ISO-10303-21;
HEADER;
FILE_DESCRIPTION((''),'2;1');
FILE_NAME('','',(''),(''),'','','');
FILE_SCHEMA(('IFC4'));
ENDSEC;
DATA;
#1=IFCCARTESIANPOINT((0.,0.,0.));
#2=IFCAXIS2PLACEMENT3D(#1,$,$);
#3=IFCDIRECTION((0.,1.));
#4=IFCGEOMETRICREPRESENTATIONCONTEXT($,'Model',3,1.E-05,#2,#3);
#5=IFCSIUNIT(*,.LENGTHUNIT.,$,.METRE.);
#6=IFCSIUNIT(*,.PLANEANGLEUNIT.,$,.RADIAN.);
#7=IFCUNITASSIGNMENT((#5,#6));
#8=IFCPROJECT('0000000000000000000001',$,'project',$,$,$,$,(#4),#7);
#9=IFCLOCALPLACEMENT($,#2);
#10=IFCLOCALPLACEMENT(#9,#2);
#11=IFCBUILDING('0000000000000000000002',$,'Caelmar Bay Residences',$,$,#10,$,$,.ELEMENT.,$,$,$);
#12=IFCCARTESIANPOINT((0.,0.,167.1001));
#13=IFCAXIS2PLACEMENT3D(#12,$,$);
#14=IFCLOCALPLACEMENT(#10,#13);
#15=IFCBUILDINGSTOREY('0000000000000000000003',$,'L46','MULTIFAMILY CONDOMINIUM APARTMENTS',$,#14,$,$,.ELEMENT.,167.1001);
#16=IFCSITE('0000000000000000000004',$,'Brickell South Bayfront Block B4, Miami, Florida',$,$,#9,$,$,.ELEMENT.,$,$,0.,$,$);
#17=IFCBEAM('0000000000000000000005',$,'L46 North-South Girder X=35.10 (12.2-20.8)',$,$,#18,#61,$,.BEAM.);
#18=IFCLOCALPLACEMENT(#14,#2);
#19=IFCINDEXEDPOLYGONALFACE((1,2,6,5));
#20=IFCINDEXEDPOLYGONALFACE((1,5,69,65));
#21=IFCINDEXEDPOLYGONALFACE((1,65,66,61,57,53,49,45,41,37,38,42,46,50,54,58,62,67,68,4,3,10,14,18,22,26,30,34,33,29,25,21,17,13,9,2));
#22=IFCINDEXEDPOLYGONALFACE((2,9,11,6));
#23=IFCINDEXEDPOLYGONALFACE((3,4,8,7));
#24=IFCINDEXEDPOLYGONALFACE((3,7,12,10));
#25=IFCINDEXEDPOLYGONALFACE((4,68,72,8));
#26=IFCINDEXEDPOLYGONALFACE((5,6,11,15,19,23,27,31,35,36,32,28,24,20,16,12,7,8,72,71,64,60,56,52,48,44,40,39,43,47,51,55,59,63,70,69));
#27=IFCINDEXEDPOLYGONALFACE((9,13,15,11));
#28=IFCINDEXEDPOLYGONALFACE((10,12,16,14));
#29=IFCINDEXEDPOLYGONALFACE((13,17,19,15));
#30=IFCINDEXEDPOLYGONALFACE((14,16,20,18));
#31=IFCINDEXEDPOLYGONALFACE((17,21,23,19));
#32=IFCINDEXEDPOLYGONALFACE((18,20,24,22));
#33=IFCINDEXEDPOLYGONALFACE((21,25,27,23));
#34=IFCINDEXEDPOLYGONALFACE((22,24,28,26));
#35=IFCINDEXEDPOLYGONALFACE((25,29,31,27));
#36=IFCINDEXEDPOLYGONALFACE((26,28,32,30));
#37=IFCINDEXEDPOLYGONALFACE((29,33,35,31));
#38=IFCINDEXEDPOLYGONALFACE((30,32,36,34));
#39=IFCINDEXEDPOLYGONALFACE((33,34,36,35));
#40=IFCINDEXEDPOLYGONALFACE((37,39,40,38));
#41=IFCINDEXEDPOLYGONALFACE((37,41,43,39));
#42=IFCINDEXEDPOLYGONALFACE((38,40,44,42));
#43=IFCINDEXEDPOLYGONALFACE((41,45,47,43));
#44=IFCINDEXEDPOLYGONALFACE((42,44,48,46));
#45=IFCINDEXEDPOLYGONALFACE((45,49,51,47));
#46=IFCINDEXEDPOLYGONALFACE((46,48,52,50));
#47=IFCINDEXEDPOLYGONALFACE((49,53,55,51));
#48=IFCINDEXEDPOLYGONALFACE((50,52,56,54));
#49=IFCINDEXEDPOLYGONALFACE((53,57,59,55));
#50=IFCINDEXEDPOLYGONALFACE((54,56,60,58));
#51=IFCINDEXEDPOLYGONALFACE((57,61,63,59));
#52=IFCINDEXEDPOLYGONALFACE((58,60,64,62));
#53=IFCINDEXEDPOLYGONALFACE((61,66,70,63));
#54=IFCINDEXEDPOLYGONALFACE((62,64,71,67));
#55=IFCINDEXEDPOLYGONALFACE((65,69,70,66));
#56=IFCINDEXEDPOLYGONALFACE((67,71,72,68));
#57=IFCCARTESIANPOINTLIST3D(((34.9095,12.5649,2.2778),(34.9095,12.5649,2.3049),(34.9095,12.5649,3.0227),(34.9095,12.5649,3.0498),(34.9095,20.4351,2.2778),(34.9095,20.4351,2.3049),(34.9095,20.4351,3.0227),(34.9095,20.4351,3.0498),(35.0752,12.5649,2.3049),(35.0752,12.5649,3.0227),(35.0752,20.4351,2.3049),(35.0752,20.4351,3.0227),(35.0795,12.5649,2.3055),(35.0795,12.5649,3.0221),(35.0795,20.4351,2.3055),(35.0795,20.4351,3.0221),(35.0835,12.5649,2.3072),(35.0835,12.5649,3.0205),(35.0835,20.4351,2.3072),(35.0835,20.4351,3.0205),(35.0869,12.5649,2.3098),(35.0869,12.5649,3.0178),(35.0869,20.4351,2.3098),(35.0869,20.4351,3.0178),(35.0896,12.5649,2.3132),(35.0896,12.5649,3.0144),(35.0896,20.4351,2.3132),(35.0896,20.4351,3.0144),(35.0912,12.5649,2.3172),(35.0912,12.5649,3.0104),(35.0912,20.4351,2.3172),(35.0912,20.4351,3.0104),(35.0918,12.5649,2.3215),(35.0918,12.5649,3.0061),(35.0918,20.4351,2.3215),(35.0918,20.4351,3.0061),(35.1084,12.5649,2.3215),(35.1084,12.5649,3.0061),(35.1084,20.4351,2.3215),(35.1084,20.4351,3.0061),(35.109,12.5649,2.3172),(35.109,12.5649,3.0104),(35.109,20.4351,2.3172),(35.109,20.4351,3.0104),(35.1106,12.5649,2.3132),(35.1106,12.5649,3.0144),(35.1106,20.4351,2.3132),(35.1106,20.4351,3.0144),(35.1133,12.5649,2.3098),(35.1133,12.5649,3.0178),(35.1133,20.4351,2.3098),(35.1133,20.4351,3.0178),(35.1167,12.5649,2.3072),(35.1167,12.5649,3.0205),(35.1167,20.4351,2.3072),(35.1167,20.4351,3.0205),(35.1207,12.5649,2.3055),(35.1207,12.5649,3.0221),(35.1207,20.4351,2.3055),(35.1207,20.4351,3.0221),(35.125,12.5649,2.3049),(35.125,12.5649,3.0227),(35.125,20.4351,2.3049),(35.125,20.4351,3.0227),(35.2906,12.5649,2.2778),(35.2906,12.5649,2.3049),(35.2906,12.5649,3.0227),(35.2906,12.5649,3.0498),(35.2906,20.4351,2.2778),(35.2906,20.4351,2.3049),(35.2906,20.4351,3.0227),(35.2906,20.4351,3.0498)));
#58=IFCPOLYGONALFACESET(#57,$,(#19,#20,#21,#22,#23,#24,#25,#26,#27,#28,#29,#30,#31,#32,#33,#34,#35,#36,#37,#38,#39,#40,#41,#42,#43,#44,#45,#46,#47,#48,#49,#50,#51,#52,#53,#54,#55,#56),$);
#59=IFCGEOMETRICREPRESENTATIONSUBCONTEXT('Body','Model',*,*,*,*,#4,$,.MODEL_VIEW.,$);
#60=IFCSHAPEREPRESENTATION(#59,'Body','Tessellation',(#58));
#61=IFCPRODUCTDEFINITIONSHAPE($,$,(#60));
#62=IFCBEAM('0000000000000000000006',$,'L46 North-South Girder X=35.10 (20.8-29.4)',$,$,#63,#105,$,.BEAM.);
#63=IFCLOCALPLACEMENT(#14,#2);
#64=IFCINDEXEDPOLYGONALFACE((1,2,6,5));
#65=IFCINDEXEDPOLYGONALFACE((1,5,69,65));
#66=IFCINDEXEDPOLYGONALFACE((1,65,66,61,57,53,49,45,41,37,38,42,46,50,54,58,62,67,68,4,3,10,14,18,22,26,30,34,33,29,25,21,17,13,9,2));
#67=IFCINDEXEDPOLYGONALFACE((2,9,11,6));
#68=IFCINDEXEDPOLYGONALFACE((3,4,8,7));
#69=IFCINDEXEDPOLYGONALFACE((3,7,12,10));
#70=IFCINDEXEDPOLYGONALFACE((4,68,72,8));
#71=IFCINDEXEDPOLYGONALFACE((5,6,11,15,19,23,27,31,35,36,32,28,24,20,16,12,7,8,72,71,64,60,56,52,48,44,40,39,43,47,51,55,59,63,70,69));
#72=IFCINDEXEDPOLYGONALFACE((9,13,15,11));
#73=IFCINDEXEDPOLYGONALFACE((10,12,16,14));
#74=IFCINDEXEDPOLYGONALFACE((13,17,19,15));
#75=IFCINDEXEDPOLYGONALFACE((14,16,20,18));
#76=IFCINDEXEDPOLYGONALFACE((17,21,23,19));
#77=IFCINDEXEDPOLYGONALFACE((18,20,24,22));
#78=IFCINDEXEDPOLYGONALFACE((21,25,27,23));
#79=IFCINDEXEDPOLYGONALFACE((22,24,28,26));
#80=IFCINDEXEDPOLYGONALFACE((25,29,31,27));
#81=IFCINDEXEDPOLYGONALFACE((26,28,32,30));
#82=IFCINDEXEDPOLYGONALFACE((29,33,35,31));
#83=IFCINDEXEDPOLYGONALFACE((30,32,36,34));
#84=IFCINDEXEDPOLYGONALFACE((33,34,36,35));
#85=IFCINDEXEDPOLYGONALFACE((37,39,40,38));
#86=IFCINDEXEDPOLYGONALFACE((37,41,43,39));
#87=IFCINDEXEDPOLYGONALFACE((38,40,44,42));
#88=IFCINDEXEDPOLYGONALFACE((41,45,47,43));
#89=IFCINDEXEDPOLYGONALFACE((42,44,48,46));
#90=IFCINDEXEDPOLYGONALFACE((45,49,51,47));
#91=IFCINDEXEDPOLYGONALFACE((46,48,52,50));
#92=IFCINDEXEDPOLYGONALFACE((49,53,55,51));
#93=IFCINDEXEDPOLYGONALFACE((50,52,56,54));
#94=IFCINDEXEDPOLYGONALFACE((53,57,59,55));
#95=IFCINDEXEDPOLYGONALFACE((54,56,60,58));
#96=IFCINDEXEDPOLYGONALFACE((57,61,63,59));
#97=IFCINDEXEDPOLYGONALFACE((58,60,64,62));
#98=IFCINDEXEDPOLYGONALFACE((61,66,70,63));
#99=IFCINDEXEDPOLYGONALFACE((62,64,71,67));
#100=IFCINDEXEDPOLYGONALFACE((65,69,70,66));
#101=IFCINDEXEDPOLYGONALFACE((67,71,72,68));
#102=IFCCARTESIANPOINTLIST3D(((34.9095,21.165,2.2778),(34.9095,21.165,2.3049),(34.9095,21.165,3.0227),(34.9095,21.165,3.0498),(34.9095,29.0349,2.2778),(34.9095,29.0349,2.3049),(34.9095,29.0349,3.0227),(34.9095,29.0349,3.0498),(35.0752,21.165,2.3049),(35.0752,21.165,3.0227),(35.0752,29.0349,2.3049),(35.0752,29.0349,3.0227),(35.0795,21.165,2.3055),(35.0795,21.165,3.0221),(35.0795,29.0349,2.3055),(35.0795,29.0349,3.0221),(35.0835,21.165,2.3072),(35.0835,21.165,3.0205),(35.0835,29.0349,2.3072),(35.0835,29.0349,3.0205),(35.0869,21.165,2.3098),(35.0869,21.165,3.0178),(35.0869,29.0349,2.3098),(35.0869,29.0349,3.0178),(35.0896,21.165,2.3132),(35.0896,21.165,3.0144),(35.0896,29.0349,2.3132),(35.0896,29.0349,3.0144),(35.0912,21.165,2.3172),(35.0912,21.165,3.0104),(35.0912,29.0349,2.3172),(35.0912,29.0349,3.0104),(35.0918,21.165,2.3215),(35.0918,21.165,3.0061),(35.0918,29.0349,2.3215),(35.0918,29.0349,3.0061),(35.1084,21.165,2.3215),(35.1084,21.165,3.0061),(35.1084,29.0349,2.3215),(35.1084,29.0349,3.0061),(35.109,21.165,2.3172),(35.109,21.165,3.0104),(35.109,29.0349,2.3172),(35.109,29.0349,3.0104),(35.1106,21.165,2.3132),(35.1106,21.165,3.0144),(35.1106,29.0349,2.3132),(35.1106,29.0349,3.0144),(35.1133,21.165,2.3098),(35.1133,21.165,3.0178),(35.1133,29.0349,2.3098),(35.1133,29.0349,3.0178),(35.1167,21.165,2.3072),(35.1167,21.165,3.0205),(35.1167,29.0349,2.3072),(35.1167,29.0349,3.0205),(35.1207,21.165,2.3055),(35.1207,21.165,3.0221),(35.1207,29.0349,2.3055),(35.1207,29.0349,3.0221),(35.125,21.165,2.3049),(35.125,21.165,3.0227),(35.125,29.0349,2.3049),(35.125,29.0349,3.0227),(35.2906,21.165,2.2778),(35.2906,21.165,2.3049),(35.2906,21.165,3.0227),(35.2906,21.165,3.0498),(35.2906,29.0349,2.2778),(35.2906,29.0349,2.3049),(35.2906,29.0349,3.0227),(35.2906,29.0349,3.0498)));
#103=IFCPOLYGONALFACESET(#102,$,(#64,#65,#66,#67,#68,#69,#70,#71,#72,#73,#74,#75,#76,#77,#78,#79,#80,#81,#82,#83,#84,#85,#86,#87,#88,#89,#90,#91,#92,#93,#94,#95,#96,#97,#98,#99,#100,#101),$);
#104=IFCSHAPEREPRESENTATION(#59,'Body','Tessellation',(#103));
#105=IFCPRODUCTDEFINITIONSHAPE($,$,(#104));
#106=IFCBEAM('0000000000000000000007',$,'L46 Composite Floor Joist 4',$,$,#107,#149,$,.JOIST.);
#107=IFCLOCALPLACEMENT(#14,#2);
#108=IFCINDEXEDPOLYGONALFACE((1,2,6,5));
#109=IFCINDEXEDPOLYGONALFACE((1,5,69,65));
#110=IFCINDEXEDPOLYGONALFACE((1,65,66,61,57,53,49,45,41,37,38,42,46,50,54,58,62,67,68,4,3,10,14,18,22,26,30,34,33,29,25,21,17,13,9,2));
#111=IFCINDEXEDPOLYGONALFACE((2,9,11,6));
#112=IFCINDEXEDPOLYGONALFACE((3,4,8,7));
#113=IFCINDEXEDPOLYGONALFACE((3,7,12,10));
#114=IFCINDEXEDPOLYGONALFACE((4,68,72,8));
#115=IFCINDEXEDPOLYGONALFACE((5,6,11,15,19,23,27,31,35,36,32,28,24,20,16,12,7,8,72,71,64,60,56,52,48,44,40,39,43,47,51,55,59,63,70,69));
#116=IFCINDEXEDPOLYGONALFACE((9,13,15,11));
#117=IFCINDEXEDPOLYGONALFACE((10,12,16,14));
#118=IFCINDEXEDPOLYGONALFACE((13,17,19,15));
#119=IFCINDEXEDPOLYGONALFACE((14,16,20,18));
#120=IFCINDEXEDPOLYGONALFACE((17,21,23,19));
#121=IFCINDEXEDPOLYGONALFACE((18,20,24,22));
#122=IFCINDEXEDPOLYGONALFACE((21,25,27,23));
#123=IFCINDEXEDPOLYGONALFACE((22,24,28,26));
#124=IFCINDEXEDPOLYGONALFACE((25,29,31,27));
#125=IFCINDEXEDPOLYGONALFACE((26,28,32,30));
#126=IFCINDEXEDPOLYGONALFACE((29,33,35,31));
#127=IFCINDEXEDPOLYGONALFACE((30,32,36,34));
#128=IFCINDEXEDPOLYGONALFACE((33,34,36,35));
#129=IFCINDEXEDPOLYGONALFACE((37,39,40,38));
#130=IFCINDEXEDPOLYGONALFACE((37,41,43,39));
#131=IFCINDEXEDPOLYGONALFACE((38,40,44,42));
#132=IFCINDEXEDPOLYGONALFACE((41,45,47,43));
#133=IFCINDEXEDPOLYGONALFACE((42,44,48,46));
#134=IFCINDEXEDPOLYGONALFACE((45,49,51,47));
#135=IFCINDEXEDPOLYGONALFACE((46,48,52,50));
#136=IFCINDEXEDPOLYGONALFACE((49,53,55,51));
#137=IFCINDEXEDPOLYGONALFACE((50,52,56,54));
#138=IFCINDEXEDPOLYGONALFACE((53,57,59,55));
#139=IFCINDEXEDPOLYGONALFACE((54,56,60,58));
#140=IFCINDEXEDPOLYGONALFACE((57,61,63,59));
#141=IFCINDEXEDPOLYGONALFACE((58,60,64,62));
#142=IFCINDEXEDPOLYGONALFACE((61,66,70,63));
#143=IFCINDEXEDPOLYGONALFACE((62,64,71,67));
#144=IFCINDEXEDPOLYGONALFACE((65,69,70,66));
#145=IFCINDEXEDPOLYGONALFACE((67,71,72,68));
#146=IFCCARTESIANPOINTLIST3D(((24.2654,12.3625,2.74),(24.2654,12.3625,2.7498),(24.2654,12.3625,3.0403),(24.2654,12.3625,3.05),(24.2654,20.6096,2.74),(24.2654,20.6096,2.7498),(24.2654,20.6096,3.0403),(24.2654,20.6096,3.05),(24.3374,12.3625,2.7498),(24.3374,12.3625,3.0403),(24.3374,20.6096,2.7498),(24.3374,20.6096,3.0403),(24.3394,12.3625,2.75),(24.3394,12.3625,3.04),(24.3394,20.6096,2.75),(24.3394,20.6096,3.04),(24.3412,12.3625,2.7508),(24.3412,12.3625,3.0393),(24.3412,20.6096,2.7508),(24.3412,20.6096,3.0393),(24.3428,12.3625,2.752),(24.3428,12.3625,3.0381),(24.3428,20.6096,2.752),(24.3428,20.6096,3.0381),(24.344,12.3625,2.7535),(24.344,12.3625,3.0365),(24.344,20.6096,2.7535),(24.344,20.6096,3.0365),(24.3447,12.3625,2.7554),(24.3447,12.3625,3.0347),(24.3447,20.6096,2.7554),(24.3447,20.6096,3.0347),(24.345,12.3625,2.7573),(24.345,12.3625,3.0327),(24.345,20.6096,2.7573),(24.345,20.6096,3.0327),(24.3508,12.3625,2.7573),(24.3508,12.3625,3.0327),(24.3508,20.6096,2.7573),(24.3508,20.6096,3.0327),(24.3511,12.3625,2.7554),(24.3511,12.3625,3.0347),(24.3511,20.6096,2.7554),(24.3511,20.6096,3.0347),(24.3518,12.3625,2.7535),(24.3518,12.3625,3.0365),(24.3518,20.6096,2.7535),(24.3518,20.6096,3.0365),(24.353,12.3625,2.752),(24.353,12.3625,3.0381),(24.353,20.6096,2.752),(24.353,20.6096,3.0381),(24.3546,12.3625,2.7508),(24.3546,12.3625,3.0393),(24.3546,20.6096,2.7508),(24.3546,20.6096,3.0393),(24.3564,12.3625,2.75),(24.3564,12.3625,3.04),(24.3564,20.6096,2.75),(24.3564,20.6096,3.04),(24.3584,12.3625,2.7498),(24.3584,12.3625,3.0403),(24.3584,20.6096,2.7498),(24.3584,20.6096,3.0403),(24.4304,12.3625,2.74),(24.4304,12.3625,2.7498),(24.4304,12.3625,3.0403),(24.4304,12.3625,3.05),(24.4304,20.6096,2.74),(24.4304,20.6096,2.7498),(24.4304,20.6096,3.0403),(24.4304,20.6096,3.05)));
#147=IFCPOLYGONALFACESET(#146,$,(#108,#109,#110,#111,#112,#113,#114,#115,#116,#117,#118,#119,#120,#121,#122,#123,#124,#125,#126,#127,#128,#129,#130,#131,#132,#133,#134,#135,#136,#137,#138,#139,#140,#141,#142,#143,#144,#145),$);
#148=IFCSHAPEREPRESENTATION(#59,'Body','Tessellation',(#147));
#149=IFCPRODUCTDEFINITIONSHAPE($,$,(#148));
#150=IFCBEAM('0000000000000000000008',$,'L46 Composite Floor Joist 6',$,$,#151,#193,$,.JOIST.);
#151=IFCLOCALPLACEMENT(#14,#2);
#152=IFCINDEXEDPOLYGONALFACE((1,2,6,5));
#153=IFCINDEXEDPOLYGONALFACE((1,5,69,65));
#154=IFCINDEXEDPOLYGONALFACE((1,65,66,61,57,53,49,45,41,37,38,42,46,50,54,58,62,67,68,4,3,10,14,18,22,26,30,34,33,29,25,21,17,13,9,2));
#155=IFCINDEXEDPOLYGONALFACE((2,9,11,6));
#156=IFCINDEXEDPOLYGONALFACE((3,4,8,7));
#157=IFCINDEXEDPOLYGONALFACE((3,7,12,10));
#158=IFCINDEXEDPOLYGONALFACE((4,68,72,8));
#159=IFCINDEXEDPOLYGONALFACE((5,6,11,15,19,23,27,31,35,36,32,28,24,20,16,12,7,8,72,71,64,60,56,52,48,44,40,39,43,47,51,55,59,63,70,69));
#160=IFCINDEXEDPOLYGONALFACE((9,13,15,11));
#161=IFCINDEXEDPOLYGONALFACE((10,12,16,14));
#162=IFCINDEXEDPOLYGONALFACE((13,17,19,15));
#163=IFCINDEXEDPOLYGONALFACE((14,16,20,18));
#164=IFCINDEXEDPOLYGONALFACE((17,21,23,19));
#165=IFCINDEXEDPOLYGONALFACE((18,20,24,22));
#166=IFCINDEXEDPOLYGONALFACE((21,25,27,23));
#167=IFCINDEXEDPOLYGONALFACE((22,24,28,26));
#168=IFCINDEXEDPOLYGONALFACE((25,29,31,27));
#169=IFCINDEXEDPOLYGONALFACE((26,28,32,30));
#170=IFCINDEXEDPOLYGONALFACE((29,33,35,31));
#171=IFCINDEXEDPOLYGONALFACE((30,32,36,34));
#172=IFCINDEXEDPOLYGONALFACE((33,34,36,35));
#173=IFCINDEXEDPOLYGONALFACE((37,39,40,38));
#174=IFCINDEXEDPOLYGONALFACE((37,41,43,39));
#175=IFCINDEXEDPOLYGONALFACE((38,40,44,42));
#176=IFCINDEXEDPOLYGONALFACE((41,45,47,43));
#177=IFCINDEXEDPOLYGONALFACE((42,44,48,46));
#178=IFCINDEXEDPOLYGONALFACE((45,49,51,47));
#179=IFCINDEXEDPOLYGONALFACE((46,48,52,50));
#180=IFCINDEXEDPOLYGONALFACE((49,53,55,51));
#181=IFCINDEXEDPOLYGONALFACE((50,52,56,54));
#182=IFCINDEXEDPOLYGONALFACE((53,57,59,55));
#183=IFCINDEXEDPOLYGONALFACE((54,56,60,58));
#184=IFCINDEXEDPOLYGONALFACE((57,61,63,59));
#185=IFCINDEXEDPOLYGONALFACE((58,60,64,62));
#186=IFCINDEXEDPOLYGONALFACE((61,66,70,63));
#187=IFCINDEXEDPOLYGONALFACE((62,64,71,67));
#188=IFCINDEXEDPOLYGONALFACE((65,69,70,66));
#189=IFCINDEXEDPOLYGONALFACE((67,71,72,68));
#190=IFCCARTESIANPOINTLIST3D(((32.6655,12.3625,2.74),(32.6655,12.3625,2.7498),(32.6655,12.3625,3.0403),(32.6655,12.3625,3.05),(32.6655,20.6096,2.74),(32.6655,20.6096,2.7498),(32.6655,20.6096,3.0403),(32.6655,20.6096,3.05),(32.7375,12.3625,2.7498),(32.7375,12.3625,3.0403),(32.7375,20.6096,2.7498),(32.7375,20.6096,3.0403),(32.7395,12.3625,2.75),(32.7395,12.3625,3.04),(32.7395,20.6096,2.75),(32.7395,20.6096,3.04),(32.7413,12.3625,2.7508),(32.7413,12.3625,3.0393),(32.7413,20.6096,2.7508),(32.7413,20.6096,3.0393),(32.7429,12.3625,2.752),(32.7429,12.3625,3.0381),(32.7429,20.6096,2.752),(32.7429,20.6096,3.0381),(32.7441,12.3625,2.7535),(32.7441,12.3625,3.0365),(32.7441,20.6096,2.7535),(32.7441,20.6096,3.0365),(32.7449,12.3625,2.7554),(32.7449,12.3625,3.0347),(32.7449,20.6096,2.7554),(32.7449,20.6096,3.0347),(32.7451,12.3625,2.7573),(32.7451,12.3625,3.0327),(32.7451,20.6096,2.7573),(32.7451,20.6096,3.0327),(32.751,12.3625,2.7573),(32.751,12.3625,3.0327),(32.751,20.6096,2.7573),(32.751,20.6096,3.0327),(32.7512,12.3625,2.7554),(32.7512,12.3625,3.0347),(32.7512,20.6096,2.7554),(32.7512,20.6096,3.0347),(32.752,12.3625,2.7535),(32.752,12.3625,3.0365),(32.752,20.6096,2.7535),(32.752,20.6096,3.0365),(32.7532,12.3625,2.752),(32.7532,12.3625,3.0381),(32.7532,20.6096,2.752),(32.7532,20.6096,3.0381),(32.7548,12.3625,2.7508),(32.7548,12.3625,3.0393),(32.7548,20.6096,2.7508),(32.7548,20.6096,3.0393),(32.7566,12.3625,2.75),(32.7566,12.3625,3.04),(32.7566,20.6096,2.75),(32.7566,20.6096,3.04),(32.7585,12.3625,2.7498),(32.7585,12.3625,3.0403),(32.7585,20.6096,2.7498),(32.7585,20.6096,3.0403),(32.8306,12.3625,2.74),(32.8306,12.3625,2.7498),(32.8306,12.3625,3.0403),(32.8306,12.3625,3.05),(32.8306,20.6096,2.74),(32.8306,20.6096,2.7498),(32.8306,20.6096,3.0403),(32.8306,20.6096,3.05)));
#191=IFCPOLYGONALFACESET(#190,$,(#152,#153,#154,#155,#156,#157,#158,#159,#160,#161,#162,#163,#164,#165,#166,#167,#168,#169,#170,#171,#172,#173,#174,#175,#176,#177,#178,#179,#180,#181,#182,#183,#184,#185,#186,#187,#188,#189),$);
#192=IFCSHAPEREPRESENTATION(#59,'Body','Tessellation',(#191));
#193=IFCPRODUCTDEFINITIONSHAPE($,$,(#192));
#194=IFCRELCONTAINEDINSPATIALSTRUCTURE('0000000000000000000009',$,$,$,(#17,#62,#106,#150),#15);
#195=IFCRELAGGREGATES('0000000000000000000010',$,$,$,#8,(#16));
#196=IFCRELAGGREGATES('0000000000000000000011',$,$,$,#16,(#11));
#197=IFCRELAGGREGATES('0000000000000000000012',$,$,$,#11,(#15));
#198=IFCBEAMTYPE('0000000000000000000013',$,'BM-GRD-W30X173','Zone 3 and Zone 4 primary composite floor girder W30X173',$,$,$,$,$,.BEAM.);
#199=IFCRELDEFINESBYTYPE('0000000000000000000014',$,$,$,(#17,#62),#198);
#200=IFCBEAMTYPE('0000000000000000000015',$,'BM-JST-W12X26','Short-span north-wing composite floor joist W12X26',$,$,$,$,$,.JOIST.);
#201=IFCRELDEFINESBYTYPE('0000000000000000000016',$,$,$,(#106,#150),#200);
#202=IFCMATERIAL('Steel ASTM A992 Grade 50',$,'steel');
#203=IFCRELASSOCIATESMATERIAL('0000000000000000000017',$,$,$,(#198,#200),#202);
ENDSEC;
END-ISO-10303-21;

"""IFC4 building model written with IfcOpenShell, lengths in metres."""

from ifc_helpers import new_model, si_unit, direction, frame, origin, origin_2d, place, context, subcontext, project, spatial, i_section, extrude, material, material_profile, profile_set, type_object, element, save


model = new_model("IFC4")

# Units and contexts
model_context = context("Model", 3, precision=1e-05, world=origin(), true_north=direction((0.0, 1.0)))
body_context = subcontext(model_context, "Body", "Model", "MODEL_VIEW")
ifc_project = project(units=[si_unit("LENGTHUNIT", "METRE"), si_unit("PLANEANGLEUNIT", "RADIAN")], contexts=[model_context])

# Site, building, storey
site_placement = place(None, origin())
site = spatial("IfcSite", under=ifc_project, at=site_placement, Name="Brickell South Bayfront Block B4, Miami, Florida", CompositionType="ELEMENT", RefElevation=0.0)
building_placement = place(site_placement, origin())
building = spatial("IfcBuilding", under=site, at=building_placement, Name="Caelmar Bay Residences", CompositionType="ELEMENT")
storey_placement = place(building_placement, frame((0.0, 0.0, 167.1001)))
storey = spatial("IfcBuildingStorey", under=building, at=storey_placement, Name="L46", Description="MULTIFAMILY CONDOMINIUM APARTMENTS", CompositionType="ELEMENT", Elevation=167.1001)

# Beams
ifc_material_1 = material(Name="Steel ASTM A992 Grade 50", Category="steel")
ifc_material_profile_1 = material_profile(ifc_material_1, i_section(OverallWidth=0.3811, OverallDepth=0.772, WebThickness=0.0166, FlangeThickness=0.0271, FilletRadius=0.0166, at=origin_2d()), Name="W30X173")
ifc_profile_set_1 = profile_set([ifc_material_profile_1], Name="Steel ASTM A992 Grade 50")
beam_type_1 = type_object("IfcBeamType", Name="BM-GRD-W30X173", Description="Zone 3 and Zone 4 primary composite floor girder W30X173", PredefinedType="BEAM", material=ifc_profile_set_1)
for number, where, z_axis, x_axis, name in (
    (1, (35.1001, 12.5649, 2.6638), (0.0, 1.0, 0.0), (-1.0, 0.0, 0.0), "L46 North-South Girder X=35.10 (12.2-20.8)"),
):
    element("IfcBeam", number, at=place(storey_placement, frame(where, z_axis=z_axis, x_axis=x_axis)), inside=storey, type_object=beam_type_1, Name=name, PredefinedType="BEAM", context=body_context, shape_type="SweptSolid", body=[
        extrude(i_section(OverallWidth=0.3811, OverallDepth=0.772, WebThickness=0.0166, FlangeThickness=0.0271, FilletRadius=0.0166, at=origin_2d()), origin(), (0.0, 0.0, 1.0), 7.8701),
    ])
beam_1_placement = place(storey_placement, frame((35.1001, 21.165, 2.6638), z_axis=(0.0, 1.0, 0.0), x_axis=(-1.0, 0.0, 0.0)))
element("IfcBeam", 2, at=beam_1_placement, inside=storey, type_object=beam_type_1, Name="L46 North-South Girder X=35.10 (20.8-29.4)", PredefinedType="BEAM", context=body_context, shape_type="SweptSolid", body=[
    extrude(i_section(OverallWidth=0.3811, OverallDepth=0.772, WebThickness=0.0166, FlangeThickness=0.0271, FilletRadius=0.0166, at=origin_2d()), origin(), (0.0, 0.0, 1.0), 7.8699),
])
ifc_material_profile_2 = material_profile(ifc_material_1, i_section(OverallWidth=0.165, OverallDepth=0.3101, WebThickness=0.0059, FlangeThickness=0.0098, FilletRadius=0.0076, at=origin_2d()), Name="W12X26")
ifc_profile_set_2 = profile_set([ifc_material_profile_2], Name="Steel ASTM A992 Grade 50")
beam_type_2 = type_object("IfcBeamType", Name="BM-JST-W12X26", Description="Short-span north-wing composite floor joist W12X26", PredefinedType="JOIST", material=ifc_profile_set_2)
for number, where, z_axis, x_axis, name in (
    (3, (24.3479, 12.3625, 2.895), (0.0, 1.0, 0.0), (-1.0, 0.0, 0.0), "L46 Composite Floor Joist 4"),
    (4, (32.748, 12.3625, 2.895), (0.0, 1.0, 0.0), (-1.0, 0.0, 0.0), "L46 Composite Floor Joist 6"),
):
    element("IfcBeam", number, at=place(storey_placement, frame(where, z_axis=z_axis, x_axis=x_axis)), inside=storey, type_object=beam_type_2, Name=name, PredefinedType="JOIST", context=body_context, shape_type="SweptSolid", body=[
        extrude(i_section(OverallWidth=0.165, OverallDepth=0.3101, WebThickness=0.0059, FlangeThickness=0.0098, FilletRadius=0.0076, at=origin_2d()), origin(), (0.0, 0.0, 1.0), 8.2471),
    ])

save(model, "model.ifc")
